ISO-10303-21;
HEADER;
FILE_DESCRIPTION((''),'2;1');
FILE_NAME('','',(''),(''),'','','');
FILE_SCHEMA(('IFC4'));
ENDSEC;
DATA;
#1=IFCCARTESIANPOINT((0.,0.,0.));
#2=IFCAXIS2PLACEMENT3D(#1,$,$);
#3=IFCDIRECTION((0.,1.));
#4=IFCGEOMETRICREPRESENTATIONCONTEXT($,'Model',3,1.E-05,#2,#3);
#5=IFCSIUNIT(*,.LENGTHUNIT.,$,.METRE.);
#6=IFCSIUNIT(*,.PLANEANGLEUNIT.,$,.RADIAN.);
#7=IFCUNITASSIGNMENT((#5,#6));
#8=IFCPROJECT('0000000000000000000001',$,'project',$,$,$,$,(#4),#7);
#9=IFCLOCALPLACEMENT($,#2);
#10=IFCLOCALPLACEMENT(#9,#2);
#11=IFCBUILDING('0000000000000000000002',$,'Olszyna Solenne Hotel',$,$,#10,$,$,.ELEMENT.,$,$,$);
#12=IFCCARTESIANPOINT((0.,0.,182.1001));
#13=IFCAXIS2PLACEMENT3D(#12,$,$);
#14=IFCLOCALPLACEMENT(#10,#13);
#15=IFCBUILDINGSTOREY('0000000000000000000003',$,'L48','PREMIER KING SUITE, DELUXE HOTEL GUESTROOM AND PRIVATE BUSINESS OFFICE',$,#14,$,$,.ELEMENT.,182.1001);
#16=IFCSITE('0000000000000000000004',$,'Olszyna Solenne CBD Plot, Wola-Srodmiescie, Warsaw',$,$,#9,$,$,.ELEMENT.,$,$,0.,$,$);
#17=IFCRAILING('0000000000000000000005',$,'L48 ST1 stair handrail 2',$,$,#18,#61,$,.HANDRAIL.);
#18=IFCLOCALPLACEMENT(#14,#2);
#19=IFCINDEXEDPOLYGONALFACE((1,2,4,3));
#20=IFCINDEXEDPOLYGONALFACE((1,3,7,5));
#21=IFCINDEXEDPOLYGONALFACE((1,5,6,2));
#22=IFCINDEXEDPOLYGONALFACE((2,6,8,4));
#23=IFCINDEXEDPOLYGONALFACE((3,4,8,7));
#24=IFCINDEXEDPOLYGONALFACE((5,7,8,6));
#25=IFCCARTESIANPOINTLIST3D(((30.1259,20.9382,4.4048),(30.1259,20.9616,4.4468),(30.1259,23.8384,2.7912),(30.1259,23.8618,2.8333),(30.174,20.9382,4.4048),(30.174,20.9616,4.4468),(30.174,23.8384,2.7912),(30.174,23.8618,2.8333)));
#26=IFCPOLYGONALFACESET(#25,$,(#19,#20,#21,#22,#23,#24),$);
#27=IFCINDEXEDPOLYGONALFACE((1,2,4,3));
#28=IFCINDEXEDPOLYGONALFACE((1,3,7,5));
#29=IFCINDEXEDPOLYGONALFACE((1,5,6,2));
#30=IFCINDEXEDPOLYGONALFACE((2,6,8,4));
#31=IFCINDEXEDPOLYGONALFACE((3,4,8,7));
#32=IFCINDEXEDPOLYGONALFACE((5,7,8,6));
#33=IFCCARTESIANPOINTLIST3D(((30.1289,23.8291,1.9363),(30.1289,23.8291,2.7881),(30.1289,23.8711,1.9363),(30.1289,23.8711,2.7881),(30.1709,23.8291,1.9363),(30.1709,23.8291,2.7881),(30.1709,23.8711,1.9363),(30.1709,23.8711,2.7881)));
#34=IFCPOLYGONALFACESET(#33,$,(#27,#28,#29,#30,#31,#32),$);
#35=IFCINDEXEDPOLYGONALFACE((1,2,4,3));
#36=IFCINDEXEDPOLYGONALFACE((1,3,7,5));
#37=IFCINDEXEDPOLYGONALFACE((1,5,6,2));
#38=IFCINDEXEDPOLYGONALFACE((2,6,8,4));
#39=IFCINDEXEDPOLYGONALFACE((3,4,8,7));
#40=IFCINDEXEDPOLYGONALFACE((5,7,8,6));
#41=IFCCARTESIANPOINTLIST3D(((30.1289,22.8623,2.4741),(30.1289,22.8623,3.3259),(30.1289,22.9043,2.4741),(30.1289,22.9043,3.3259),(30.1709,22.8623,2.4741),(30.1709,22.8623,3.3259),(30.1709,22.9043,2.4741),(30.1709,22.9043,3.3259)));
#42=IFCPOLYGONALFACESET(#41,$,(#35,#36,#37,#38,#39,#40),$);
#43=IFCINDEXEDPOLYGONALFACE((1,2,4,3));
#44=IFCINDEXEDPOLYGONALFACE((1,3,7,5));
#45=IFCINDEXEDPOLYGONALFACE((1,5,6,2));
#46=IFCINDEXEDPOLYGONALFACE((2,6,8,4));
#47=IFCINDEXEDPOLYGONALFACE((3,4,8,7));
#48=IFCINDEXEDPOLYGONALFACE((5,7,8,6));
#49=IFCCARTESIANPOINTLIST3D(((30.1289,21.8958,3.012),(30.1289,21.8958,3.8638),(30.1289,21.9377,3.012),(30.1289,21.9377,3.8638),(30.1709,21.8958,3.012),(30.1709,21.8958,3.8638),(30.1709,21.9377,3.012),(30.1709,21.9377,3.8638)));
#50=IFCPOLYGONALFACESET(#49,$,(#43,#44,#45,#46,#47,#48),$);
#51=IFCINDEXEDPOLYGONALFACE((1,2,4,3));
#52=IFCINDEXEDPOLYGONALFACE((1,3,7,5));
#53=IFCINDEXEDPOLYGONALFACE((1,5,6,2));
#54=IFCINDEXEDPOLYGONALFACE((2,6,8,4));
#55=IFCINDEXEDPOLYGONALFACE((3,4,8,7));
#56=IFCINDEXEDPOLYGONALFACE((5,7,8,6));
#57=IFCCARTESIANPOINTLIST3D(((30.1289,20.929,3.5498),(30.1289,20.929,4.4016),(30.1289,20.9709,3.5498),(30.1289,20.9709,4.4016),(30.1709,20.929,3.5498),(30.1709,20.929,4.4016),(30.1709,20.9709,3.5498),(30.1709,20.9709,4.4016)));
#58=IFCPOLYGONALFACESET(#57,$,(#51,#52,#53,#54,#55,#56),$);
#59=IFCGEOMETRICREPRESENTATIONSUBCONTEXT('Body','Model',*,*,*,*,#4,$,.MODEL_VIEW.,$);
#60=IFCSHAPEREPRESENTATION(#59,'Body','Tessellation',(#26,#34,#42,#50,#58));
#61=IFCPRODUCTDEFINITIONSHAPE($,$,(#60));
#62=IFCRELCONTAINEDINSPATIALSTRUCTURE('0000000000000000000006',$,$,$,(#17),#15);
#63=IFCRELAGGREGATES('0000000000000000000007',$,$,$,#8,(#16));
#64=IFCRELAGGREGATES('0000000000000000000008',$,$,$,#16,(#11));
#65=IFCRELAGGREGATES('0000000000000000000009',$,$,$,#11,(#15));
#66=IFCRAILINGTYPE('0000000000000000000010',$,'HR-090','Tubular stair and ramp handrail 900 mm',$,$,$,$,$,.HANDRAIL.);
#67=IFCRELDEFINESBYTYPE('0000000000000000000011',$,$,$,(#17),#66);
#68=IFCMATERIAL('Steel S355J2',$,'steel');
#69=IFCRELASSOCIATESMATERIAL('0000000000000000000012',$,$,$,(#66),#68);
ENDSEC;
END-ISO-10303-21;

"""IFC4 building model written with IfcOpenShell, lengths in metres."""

from ifc_helpers import new_model, si_unit, direction, frame, origin, origin_2d, place, context, subcontext, project, spatial, rectangle, extrude, material, type_object, element, save


model = new_model("IFC4")

# Units and contexts
model_context = context("Model", 3, precision=1e-05, world=origin(), true_north=direction((0.0, 1.0)))
body_context = subcontext(model_context, "Body", "Model", "MODEL_VIEW")
ifc_project = project(units=[si_unit("LENGTHUNIT", "METRE"), si_unit("PLANEANGLEUNIT", "RADIAN")], contexts=[model_context])

# Site, building, storey
site_placement = place(None, origin())
site = spatial("IfcSite", under=ifc_project, at=site_placement, Name="Olszyna Solenne CBD Plot, Wola-Srodmiescie, Warsaw", CompositionType="ELEMENT", RefElevation=0.0)
building_placement = place(site_placement, origin())
building = spatial("IfcBuilding", under=site, at=building_placement, Name="Olszyna Solenne Hotel", CompositionType="ELEMENT")
storey_placement = place(building_placement, frame((0.0, 0.0, 182.1001)))
storey = spatial("IfcBuildingStorey", under=building, at=storey_placement, Name="L48", Description="PREMIER KING SUITE, DELUXE HOTEL GUESTROOM AND PRIVATE BUSINESS OFFICE", CompositionType="ELEMENT", Elevation=182.1001)

# Shared definitions
ifc_material_1 = material(Name="Steel S355J2", Category="steel")

# Railing
railing_type_1 = type_object("IfcRailingType", Name="HR-090", Description="Tubular stair and ramp handrail 900 mm", PredefinedType="HANDRAIL", material=ifc_material_1)
railing_1_placement = place(storey_placement, frame((30.1499, 23.8501, 1.9363)))
element("IfcRailing", 1, at=railing_1_placement, inside=storey, type_object=railing_type_1, Name="L48 ST1 stair handrail 2", PredefinedType="HANDRAIL", context=body_context, shape_type="SweptSolid", body=[
    extrude(rectangle(XDim=0.0481, YDim=0.0481, at=origin_2d()), frame((0.0, 0.0, 0.876), z_axis=(0.0, -0.873859, 0.48618), x_axis=(1.0, 0.0, 0.0)), (0.0, 0.0, 1.0), 3.3188),
    extrude(rectangle(XDim=0.042, YDim=0.042, at=origin_2d()), origin(), (0.0, 0.0, 1.0), 0.8518),
    extrude(rectangle(XDim=0.042, YDim=0.042, at=origin_2d()), frame((0.0, -0.9668, 0.5378)), (0.0, 0.0, 1.0), 0.8518),
    extrude(rectangle(XDim=0.042, YDim=0.042, at=origin_2d()), frame((0.0, -1.9333, 1.0757)), (0.0, 0.0, 1.0), 0.8518),
    extrude(rectangle(XDim=0.042, YDim=0.042, at=origin_2d()), frame((0.0, -2.9001, 1.6135)), (0.0, 0.0, 1.0), 0.8518),
])

save(model, "model.ifc")
